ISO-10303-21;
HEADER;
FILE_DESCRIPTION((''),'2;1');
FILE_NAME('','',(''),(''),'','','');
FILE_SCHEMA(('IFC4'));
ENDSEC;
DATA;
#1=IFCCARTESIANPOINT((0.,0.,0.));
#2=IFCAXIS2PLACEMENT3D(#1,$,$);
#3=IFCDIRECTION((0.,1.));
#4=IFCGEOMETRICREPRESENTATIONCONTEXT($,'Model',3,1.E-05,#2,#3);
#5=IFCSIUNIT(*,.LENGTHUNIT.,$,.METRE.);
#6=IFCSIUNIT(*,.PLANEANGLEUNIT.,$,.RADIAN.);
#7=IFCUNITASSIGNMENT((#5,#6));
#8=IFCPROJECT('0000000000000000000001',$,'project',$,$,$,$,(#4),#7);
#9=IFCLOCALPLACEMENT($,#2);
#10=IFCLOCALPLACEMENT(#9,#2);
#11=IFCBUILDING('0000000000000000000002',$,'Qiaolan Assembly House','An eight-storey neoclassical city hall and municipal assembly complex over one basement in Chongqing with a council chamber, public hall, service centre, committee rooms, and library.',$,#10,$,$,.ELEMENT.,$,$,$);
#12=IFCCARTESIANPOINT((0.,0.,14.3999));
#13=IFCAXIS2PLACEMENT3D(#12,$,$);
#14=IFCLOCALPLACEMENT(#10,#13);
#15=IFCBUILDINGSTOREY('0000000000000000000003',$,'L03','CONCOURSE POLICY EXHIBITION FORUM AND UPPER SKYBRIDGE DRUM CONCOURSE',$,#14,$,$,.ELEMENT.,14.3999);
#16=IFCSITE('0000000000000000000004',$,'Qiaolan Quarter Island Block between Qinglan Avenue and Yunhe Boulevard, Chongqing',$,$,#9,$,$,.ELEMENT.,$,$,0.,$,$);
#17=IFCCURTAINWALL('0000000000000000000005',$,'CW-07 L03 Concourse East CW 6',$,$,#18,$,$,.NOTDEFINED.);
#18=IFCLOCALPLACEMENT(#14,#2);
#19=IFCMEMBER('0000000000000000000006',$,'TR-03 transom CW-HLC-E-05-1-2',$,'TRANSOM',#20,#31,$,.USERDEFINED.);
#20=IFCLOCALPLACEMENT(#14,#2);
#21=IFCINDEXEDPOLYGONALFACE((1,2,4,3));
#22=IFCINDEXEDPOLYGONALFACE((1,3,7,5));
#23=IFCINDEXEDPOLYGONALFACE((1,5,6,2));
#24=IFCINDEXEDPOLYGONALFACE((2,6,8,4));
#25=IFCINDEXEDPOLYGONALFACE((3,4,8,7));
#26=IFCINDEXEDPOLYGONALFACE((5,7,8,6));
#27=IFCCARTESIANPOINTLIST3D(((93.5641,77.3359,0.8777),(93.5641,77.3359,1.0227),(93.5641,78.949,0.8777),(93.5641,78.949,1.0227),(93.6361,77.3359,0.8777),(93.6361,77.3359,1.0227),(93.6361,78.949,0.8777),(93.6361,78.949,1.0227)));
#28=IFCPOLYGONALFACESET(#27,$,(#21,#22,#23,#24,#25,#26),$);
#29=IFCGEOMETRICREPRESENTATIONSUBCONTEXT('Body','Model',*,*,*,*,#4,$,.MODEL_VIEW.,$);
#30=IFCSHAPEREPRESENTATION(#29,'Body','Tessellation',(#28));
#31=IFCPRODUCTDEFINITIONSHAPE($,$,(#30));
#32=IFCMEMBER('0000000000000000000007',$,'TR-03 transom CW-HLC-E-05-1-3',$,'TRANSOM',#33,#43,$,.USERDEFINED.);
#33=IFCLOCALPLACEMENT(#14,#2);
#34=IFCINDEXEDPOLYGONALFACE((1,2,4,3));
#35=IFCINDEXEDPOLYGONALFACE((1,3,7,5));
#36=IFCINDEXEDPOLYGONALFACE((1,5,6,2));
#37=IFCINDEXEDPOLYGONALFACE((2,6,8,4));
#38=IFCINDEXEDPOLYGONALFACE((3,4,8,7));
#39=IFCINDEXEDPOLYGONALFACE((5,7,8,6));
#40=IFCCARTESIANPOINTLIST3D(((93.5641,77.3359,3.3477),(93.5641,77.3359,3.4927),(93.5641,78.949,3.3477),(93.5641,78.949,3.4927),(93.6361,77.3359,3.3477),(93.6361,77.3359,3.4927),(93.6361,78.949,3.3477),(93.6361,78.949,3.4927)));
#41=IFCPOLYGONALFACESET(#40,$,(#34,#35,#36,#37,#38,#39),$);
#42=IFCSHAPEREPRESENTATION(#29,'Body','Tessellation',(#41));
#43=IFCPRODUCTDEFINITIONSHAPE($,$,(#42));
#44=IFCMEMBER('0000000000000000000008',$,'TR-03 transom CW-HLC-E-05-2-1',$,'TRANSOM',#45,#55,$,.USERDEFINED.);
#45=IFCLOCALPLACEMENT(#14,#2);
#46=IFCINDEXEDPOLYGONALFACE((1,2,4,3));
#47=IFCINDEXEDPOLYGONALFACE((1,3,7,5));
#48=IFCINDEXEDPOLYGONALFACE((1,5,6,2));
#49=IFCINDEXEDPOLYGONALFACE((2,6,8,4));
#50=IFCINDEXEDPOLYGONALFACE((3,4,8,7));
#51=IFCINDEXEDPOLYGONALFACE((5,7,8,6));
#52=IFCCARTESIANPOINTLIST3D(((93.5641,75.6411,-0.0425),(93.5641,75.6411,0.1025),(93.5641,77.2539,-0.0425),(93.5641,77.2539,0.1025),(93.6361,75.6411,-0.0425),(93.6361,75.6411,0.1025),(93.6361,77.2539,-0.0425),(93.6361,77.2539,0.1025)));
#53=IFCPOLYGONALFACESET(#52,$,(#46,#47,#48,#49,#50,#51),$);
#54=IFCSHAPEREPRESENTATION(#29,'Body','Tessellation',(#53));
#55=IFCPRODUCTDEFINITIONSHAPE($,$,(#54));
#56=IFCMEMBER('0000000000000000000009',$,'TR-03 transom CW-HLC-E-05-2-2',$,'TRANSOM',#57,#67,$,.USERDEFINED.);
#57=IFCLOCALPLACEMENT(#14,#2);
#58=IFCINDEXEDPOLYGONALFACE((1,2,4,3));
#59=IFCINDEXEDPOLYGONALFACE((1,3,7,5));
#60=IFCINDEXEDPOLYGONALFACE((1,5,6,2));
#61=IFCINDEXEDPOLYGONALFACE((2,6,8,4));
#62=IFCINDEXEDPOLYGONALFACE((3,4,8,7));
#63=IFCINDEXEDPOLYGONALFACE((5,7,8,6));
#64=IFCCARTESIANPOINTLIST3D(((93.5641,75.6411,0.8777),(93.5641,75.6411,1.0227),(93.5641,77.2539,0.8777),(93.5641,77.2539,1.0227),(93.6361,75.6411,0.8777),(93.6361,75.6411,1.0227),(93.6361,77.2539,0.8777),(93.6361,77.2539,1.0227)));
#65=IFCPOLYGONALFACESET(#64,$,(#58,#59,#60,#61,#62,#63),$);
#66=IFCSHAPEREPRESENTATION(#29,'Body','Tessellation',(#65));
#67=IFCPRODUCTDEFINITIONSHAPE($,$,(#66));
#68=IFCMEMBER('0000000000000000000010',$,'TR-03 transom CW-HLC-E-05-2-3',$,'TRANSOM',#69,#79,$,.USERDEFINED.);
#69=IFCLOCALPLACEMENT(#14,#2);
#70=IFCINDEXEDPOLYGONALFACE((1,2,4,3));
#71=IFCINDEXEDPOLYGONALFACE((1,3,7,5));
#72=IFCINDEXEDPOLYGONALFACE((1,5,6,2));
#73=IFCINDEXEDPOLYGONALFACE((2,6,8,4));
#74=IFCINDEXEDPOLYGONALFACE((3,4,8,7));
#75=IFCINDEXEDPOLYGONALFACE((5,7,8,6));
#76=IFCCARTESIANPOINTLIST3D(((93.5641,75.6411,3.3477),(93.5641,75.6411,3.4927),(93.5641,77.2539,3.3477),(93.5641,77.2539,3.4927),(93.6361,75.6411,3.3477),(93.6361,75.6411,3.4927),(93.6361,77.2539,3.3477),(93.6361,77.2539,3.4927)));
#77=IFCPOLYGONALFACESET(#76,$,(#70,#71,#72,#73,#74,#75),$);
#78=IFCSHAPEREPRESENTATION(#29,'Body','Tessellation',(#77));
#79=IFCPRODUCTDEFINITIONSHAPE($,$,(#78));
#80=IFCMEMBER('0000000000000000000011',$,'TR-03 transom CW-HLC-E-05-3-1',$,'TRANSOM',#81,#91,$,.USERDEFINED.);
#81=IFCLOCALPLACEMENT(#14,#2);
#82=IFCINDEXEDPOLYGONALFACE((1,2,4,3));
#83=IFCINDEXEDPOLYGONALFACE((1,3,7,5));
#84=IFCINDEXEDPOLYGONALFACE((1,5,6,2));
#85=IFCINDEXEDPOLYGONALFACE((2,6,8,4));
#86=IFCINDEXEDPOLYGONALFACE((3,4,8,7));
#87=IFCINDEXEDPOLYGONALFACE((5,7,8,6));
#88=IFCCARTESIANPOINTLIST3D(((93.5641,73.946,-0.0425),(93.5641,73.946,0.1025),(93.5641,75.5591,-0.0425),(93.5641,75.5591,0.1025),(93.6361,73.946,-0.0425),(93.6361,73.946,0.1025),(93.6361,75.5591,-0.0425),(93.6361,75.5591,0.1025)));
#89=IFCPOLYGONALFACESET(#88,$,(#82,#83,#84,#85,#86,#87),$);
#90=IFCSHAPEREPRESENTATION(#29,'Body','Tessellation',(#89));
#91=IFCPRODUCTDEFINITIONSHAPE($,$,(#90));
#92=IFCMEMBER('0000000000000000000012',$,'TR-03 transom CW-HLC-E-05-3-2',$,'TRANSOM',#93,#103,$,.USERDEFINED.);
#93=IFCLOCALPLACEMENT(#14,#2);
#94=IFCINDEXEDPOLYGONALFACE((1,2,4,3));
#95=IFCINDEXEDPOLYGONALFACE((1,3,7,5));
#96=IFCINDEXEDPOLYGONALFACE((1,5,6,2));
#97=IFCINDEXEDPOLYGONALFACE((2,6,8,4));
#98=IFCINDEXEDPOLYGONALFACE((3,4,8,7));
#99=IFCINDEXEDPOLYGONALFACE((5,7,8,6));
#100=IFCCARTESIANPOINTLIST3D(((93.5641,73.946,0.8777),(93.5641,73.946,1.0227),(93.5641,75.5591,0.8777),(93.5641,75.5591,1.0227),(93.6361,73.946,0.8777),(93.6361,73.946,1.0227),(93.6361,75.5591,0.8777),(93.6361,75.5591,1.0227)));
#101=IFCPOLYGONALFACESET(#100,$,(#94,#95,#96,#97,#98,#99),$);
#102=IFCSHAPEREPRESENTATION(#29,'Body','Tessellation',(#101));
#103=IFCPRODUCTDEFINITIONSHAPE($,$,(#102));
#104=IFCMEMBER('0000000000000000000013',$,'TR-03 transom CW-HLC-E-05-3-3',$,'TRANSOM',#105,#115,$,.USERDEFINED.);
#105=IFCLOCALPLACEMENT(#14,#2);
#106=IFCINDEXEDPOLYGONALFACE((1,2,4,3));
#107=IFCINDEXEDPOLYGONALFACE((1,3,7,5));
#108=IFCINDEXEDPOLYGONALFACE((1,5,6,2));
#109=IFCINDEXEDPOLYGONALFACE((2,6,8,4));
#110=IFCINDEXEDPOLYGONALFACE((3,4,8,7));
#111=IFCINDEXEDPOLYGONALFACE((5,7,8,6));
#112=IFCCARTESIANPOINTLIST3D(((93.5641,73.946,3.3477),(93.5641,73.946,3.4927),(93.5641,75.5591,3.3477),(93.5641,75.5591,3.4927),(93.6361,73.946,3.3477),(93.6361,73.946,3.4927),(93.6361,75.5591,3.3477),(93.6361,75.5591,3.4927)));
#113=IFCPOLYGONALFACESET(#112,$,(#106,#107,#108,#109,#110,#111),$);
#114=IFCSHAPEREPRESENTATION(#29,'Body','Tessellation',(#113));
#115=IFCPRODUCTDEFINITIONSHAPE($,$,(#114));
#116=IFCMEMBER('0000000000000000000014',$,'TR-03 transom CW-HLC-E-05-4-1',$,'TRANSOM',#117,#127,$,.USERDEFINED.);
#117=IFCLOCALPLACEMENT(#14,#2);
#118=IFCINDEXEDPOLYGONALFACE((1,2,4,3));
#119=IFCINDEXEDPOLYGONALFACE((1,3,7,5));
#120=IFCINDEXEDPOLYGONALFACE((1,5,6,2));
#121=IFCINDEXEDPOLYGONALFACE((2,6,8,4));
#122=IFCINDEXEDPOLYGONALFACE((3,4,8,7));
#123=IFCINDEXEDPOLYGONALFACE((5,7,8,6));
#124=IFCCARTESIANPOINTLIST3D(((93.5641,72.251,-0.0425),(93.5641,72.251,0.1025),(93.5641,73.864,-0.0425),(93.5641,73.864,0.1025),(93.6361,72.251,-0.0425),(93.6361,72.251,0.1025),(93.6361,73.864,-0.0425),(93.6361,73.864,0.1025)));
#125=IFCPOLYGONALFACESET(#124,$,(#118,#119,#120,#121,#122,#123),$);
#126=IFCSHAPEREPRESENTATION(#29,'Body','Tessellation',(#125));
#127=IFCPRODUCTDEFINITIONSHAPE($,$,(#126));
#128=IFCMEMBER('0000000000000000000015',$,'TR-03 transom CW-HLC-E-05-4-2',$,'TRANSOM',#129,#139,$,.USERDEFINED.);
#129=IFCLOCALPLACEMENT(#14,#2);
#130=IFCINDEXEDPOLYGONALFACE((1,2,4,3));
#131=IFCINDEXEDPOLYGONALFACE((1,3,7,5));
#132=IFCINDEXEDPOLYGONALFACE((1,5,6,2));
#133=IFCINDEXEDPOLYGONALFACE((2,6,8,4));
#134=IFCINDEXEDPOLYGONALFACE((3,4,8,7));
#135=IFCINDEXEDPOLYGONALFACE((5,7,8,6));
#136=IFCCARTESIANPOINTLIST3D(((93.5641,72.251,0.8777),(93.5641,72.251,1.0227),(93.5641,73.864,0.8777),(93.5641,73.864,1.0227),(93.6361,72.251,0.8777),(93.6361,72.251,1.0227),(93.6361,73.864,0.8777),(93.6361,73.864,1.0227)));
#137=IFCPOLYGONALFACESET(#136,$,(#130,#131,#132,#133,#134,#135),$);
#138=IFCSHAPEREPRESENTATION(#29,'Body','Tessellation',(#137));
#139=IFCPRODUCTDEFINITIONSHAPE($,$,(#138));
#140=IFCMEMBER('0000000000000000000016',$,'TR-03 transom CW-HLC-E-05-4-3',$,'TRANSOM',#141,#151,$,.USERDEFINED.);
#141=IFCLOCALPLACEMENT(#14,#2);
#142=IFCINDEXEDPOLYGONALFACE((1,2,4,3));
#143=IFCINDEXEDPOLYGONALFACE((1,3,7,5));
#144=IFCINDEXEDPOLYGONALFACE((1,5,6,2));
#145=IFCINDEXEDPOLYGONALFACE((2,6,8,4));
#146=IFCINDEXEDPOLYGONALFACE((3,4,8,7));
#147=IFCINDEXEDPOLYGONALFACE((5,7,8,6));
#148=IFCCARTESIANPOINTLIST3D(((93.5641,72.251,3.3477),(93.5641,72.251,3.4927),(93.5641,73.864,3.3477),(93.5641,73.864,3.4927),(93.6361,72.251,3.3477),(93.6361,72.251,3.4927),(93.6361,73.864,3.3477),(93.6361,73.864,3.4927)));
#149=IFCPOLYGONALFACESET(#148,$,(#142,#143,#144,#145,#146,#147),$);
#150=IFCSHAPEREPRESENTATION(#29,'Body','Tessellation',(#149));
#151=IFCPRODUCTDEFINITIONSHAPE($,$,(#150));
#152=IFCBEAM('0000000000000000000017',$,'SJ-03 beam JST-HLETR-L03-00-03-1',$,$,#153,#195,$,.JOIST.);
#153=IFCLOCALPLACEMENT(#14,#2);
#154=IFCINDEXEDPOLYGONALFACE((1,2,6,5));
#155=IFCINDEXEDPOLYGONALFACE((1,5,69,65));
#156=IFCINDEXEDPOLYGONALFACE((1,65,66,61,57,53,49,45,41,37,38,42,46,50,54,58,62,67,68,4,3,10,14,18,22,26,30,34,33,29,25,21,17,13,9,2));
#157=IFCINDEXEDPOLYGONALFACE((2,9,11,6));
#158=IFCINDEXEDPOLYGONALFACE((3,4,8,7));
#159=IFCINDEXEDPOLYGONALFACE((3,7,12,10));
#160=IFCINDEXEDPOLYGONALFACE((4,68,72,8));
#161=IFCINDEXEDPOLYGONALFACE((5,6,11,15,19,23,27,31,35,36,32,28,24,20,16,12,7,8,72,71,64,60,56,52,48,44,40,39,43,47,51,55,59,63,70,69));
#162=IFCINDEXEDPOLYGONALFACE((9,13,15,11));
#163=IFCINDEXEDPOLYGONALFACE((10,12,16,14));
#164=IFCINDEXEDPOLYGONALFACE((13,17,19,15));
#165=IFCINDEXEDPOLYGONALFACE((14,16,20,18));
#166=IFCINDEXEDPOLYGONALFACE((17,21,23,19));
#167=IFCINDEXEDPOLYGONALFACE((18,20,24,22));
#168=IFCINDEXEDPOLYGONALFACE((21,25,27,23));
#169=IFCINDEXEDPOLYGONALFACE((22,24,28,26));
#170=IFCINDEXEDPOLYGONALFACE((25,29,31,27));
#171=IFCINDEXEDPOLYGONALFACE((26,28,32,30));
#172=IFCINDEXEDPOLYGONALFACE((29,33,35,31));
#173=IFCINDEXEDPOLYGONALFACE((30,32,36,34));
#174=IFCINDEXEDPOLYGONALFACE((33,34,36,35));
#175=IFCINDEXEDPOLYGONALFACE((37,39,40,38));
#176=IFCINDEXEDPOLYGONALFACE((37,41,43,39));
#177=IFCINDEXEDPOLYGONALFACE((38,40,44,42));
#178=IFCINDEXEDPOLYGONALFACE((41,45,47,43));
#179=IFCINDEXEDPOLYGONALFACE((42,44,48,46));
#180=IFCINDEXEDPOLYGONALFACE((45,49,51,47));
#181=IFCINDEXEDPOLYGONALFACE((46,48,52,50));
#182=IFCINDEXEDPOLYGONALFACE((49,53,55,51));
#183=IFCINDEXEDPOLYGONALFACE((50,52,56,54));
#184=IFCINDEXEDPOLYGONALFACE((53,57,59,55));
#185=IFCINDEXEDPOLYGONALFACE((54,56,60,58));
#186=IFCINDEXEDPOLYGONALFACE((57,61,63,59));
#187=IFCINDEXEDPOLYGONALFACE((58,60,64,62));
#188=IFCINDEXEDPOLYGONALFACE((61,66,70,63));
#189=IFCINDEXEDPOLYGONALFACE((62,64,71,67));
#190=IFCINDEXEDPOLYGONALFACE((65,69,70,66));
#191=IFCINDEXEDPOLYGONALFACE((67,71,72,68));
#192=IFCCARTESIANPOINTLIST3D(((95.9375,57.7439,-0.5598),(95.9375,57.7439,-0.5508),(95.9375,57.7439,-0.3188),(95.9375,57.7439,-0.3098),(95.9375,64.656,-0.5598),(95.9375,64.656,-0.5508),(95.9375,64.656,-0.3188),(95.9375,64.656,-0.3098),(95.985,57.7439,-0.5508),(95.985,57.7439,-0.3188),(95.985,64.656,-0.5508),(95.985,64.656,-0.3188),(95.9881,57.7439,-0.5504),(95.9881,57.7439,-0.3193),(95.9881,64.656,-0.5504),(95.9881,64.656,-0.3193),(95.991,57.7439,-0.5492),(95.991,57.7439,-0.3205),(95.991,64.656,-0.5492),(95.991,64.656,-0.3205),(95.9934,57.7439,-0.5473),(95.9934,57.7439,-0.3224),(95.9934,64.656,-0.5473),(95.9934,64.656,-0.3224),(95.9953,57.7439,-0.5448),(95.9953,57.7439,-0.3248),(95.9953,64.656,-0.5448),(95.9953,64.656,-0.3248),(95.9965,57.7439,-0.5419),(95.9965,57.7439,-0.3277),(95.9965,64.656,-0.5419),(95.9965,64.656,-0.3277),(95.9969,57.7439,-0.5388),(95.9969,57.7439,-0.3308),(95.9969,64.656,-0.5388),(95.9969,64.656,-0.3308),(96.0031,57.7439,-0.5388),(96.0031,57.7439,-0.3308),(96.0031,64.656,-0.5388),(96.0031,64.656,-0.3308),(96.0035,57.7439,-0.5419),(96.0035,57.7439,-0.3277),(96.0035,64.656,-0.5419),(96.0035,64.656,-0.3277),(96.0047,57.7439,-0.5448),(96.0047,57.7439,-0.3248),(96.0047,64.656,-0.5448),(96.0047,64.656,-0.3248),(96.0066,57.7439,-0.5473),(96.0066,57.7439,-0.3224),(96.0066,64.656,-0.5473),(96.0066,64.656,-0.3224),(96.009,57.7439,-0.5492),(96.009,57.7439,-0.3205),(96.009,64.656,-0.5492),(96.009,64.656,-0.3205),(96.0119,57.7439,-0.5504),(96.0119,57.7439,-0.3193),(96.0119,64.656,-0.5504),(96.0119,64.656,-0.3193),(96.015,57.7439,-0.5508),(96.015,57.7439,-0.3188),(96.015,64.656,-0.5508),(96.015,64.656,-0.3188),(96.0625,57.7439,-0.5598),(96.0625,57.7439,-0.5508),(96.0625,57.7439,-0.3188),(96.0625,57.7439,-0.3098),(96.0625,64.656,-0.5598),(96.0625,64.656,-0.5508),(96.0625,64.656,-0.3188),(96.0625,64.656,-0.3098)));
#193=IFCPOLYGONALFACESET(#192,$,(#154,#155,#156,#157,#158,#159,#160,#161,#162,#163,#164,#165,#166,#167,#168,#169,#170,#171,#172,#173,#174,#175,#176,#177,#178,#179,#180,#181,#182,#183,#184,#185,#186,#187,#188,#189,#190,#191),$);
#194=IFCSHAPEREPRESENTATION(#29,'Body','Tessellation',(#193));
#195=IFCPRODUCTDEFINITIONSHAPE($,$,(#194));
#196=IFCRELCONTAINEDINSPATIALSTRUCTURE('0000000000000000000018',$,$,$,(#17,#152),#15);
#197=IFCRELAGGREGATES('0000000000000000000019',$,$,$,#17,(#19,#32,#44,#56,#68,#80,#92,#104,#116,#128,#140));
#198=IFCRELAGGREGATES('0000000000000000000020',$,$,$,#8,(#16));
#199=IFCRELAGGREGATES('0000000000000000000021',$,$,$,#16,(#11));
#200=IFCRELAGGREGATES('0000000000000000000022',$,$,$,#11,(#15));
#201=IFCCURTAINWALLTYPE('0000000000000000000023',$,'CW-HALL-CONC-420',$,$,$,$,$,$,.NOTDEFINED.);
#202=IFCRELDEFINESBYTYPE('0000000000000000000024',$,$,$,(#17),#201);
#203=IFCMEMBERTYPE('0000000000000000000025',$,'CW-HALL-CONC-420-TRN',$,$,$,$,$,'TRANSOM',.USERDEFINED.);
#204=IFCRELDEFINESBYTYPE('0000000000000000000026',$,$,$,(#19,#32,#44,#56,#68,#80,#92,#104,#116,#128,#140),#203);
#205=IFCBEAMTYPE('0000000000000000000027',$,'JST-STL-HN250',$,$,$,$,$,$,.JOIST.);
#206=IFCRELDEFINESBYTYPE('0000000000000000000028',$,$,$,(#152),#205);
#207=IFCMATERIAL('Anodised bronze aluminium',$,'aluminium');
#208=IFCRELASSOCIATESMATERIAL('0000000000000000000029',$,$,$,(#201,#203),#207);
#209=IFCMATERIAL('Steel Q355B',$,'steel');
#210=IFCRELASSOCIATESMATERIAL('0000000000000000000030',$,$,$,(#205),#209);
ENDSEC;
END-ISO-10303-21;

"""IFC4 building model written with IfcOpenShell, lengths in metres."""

from ifc_helpers import new_model, si_unit, direction, frame, origin, origin_2d, place, context, subcontext, project, spatial, rectangle, i_section, extrude, material, material_profile, profile_set, type_object, element, aggregate, save


model = new_model("IFC4")

# Units and contexts
model_context = context("Model", 3, precision=1e-05, world=origin(), true_north=direction((0.0, 1.0)))
body_context = subcontext(model_context, "Body", "Model", "MODEL_VIEW")
ifc_project = project(units=[si_unit("LENGTHUNIT", "METRE"), si_unit("PLANEANGLEUNIT", "RADIAN")], contexts=[model_context])

# Site, building, storey
site_placement = place(None, origin())
site = spatial("IfcSite", under=ifc_project, at=site_placement, Name="Qiaolan Quarter Island Block between Qinglan Avenue and Yunhe Boulevard, Chongqing", CompositionType="ELEMENT", RefElevation=0.0)
building_placement = place(site_placement, origin())
building = spatial("IfcBuilding", under=site, at=building_placement, Name="Qiaolan Assembly House", Description="An eight-storey neoclassical city hall and municipal assembly complex over one basement in Chongqing with a council chamber, public hall, service centre, committee rooms, and library.", CompositionType="ELEMENT")
storey_placement = place(building_placement, frame((0.0, 0.0, 14.3999)))
storey = spatial("IfcBuildingStorey", under=building, at=storey_placement, Name="L03", Description="CONCOURSE POLICY EXHIBITION FORUM AND UPPER SKYBRIDGE DRUM CONCOURSE", CompositionType="ELEMENT", Elevation=14.3999)

# Shared definitions
ifc_material_1 = material(Name="Steel Q355B", Category="steel")

# Curtain wall
ifc_material_2 = material(Name="Anodised bronze aluminium", Category="aluminium")
curtain_wall_type = type_object("IfcCurtainWallType", Name="CW-HALL-CONC-420", PredefinedType="NOTDEFINED", material=ifc_material_2)
curtain_wall_1_placement = place(storey_placement, origin())
curtain_wall_1 = element("IfcCurtainWall", 1, at=curtain_wall_1_placement, inside=storey, type_object=curtain_wall_type, Name="CW-07 L03 Concourse East CW 6", PredefinedType="NOTDEFINED")

# Members
ifc_material_profile_1 = material_profile(ifc_material_2, rectangle(XDim=0.072, YDim=0.145, at=origin_2d()), Name="TRN 72x145")
ifc_profile_set_1 = profile_set([ifc_material_profile_1], Name="Anodised bronze aluminium")
member_type_1 = type_object("IfcMemberType", Name="CW-HALL-CONC-420-TRN", ElementType="TRANSOM", PredefinedType="USERDEFINED", material=ifc_profile_set_1)
member_1_placement = place(storey_placement, frame((93.6001, 78.949, 0.9502), z_axis=(0.0, -1.0, 0.0), x_axis=(1.0, 0.0, 0.0)))
member_1 = element("IfcMember", 2, at=member_1_placement, type_object=member_type_1, Name="TR-03 transom CW-HLC-E-05-1-2", ObjectType="TRANSOM", PredefinedType="USERDEFINED", context=body_context, shape_type="SweptSolid", body=[
    extrude(rectangle(XDim=0.072, YDim=0.145, at=origin_2d()), origin(), (0.0, 0.0, 1.0), 1.613),
])
member_2_placement = place(storey_placement, frame((93.6001, 78.949, 3.4202), z_axis=(0.0, -1.0, 0.0), x_axis=(1.0, 0.0, 0.0)))
member_2 = element("IfcMember", 3, at=member_2_placement, type_object=member_type_1, Name="TR-03 transom CW-HLC-E-05-1-3", ObjectType="TRANSOM", PredefinedType="USERDEFINED", context=body_context, shape_type="SweptSolid", body=[
    extrude(rectangle(XDim=0.072, YDim=0.145, at=origin_2d()), origin(), (0.0, 0.0, 1.0), 1.613),
])
member_3_placement = place(storey_placement, frame((93.6001, 77.2539, 0.03), z_axis=(0.0, -1.0, 0.0), x_axis=(1.0, 0.0, 0.0)))
member_3 = element("IfcMember", 4, at=member_3_placement, type_object=member_type_1, Name="TR-03 transom CW-HLC-E-05-2-1", ObjectType="TRANSOM", PredefinedType="USERDEFINED", context=body_context, shape_type="SweptSolid", body=[
    extrude(rectangle(XDim=0.072, YDim=0.145, at=origin_2d()), origin(), (0.0, 0.0, 1.0), 1.6128),
])
member_4_placement = place(storey_placement, frame((93.6001, 77.2539, 0.9502), z_axis=(0.0, -1.0, 0.0), x_axis=(1.0, 0.0, 0.0)))
member_4 = element("IfcMember", 5, at=member_4_placement, type_object=member_type_1, Name="TR-03 transom CW-HLC-E-05-2-2", ObjectType="TRANSOM", PredefinedType="USERDEFINED", context=body_context, shape_type="SweptSolid", body=[
    extrude(rectangle(XDim=0.072, YDim=0.145, at=origin_2d()), origin(), (0.0, 0.0, 1.0), 1.6128),
])
member_5_placement = place(storey_placement, frame((93.6001, 77.2539, 3.4202), z_axis=(0.0, -1.0, 0.0), x_axis=(1.0, 0.0, 0.0)))
member_5 = element("IfcMember", 6, at=member_5_placement, type_object=member_type_1, Name="TR-03 transom CW-HLC-E-05-2-3", ObjectType="TRANSOM", PredefinedType="USERDEFINED", context=body_context, shape_type="SweptSolid", body=[
    extrude(rectangle(XDim=0.072, YDim=0.145, at=origin_2d()), origin(), (0.0, 0.0, 1.0), 1.6128),
])
member_6_placement = place(storey_placement, frame((93.6001, 75.5591, 0.03), z_axis=(0.0, -1.0, 0.0), x_axis=(1.0, 0.0, 0.0)))
member_6 = element("IfcMember", 7, at=member_6_placement, type_object=member_type_1, Name="TR-03 transom CW-HLC-E-05-3-1", ObjectType="TRANSOM", PredefinedType="USERDEFINED", context=body_context, shape_type="SweptSolid", body=[
    extrude(rectangle(XDim=0.072, YDim=0.145, at=origin_2d()), origin(), (0.0, 0.0, 1.0), 1.613),
])
member_7_placement = place(storey_placement, frame((93.6001, 75.5591, 0.9502), z_axis=(0.0, -1.0, 0.0), x_axis=(1.0, 0.0, 0.0)))
member_7 = element("IfcMember", 8, at=member_7_placement, type_object=member_type_1, Name="TR-03 transom CW-HLC-E-05-3-2", ObjectType="TRANSOM", PredefinedType="USERDEFINED", context=body_context, shape_type="SweptSolid", body=[
    extrude(rectangle(XDim=0.072, YDim=0.145, at=origin_2d()), origin(), (0.0, 0.0, 1.0), 1.613),
])
member_8_placement = place(storey_placement, frame((93.6001, 75.5591, 3.4202), z_axis=(0.0, -1.0, 0.0), x_axis=(1.0, 0.0, 0.0)))
member_8 = element("IfcMember", 9, at=member_8_placement, type_object=member_type_1, Name="TR-03 transom CW-HLC-E-05-3-3", ObjectType="TRANSOM", PredefinedType="USERDEFINED", context=body_context, shape_type="SweptSolid", body=[
    extrude(rectangle(XDim=0.072, YDim=0.145, at=origin_2d()), origin(), (0.0, 0.0, 1.0), 1.613),
])
member_9_placement = place(storey_placement, frame((93.6001, 73.864, 0.03), z_axis=(0.0, -1.0, 0.0), x_axis=(1.0, 0.0, 0.0)))
member_9 = element("IfcMember", 10, at=member_9_placement, type_object=member_type_1, Name="TR-03 transom CW-HLC-E-05-4-1", ObjectType="TRANSOM", PredefinedType="USERDEFINED", context=body_context, shape_type="SweptSolid", body=[
    extrude(rectangle(XDim=0.072, YDim=0.145, at=origin_2d()), origin(), (0.0, 0.0, 1.0), 1.613),
])
member_10_placement = place(storey_placement, frame((93.6001, 73.864, 0.9502), z_axis=(0.0, -1.0, 0.0), x_axis=(1.0, 0.0, 0.0)))
member_10 = element("IfcMember", 11, at=member_10_placement, type_object=member_type_1, Name="TR-03 transom CW-HLC-E-05-4-2", ObjectType="TRANSOM", PredefinedType="USERDEFINED", context=body_context, shape_type="SweptSolid", body=[
    extrude(rectangle(XDim=0.072, YDim=0.145, at=origin_2d()), origin(), (0.0, 0.0, 1.0), 1.613),
])
member_11_placement = place(storey_placement, frame((93.6001, 73.864, 3.4202), z_axis=(0.0, -1.0, 0.0), x_axis=(1.0, 0.0, 0.0)))
member_11 = element("IfcMember", 12, at=member_11_placement, type_object=member_type_1, Name="TR-03 transom CW-HLC-E-05-4-3", ObjectType="TRANSOM", PredefinedType="USERDEFINED", context=body_context, shape_type="SweptSolid", body=[
    extrude(rectangle(XDim=0.072, YDim=0.145, at=origin_2d()), origin(), (0.0, 0.0, 1.0), 1.613),
])

# Beam
ifc_material_profile_2 = material_profile(ifc_material_1, i_section(OverallWidth=0.125, OverallDepth=0.25, WebThickness=0.0061, FlangeThickness=0.009, FilletRadius=0.012, at=origin_2d()), Name="HN 250x125x6x9")
ifc_profile_set_2 = profile_set([ifc_material_profile_2], Name="Steel Q355B")
beam_type_1 = type_object("IfcBeamType", Name="JST-STL-HN250", PredefinedType="JOIST", material=ifc_profile_set_2)
beam_1_placement = place(storey_placement, frame((96.0, 57.7439, -0.4348), z_axis=(0.0, 1.0, 0.0), x_axis=(-1.0, 0.0, 0.0)))
element("IfcBeam", 13, at=beam_1_placement, inside=storey, type_object=beam_type_1, Name="SJ-03 beam JST-HLETR-L03-00-03-1", PredefinedType="JOIST", context=body_context, shape_type="SweptSolid", body=[
    extrude(i_section(OverallWidth=0.125, OverallDepth=0.25, WebThickness=0.0061, FlangeThickness=0.009, FilletRadius=0.012, at=origin_2d()), origin(), (0.0, 0.0, 1.0), 6.9121),
])

aggregate(curtain_wall_1, [member_1, member_2, member_3, member_4, member_5, member_6, member_7, member_8, member_9, member_10, member_11])

save(model, "model.ifc")
